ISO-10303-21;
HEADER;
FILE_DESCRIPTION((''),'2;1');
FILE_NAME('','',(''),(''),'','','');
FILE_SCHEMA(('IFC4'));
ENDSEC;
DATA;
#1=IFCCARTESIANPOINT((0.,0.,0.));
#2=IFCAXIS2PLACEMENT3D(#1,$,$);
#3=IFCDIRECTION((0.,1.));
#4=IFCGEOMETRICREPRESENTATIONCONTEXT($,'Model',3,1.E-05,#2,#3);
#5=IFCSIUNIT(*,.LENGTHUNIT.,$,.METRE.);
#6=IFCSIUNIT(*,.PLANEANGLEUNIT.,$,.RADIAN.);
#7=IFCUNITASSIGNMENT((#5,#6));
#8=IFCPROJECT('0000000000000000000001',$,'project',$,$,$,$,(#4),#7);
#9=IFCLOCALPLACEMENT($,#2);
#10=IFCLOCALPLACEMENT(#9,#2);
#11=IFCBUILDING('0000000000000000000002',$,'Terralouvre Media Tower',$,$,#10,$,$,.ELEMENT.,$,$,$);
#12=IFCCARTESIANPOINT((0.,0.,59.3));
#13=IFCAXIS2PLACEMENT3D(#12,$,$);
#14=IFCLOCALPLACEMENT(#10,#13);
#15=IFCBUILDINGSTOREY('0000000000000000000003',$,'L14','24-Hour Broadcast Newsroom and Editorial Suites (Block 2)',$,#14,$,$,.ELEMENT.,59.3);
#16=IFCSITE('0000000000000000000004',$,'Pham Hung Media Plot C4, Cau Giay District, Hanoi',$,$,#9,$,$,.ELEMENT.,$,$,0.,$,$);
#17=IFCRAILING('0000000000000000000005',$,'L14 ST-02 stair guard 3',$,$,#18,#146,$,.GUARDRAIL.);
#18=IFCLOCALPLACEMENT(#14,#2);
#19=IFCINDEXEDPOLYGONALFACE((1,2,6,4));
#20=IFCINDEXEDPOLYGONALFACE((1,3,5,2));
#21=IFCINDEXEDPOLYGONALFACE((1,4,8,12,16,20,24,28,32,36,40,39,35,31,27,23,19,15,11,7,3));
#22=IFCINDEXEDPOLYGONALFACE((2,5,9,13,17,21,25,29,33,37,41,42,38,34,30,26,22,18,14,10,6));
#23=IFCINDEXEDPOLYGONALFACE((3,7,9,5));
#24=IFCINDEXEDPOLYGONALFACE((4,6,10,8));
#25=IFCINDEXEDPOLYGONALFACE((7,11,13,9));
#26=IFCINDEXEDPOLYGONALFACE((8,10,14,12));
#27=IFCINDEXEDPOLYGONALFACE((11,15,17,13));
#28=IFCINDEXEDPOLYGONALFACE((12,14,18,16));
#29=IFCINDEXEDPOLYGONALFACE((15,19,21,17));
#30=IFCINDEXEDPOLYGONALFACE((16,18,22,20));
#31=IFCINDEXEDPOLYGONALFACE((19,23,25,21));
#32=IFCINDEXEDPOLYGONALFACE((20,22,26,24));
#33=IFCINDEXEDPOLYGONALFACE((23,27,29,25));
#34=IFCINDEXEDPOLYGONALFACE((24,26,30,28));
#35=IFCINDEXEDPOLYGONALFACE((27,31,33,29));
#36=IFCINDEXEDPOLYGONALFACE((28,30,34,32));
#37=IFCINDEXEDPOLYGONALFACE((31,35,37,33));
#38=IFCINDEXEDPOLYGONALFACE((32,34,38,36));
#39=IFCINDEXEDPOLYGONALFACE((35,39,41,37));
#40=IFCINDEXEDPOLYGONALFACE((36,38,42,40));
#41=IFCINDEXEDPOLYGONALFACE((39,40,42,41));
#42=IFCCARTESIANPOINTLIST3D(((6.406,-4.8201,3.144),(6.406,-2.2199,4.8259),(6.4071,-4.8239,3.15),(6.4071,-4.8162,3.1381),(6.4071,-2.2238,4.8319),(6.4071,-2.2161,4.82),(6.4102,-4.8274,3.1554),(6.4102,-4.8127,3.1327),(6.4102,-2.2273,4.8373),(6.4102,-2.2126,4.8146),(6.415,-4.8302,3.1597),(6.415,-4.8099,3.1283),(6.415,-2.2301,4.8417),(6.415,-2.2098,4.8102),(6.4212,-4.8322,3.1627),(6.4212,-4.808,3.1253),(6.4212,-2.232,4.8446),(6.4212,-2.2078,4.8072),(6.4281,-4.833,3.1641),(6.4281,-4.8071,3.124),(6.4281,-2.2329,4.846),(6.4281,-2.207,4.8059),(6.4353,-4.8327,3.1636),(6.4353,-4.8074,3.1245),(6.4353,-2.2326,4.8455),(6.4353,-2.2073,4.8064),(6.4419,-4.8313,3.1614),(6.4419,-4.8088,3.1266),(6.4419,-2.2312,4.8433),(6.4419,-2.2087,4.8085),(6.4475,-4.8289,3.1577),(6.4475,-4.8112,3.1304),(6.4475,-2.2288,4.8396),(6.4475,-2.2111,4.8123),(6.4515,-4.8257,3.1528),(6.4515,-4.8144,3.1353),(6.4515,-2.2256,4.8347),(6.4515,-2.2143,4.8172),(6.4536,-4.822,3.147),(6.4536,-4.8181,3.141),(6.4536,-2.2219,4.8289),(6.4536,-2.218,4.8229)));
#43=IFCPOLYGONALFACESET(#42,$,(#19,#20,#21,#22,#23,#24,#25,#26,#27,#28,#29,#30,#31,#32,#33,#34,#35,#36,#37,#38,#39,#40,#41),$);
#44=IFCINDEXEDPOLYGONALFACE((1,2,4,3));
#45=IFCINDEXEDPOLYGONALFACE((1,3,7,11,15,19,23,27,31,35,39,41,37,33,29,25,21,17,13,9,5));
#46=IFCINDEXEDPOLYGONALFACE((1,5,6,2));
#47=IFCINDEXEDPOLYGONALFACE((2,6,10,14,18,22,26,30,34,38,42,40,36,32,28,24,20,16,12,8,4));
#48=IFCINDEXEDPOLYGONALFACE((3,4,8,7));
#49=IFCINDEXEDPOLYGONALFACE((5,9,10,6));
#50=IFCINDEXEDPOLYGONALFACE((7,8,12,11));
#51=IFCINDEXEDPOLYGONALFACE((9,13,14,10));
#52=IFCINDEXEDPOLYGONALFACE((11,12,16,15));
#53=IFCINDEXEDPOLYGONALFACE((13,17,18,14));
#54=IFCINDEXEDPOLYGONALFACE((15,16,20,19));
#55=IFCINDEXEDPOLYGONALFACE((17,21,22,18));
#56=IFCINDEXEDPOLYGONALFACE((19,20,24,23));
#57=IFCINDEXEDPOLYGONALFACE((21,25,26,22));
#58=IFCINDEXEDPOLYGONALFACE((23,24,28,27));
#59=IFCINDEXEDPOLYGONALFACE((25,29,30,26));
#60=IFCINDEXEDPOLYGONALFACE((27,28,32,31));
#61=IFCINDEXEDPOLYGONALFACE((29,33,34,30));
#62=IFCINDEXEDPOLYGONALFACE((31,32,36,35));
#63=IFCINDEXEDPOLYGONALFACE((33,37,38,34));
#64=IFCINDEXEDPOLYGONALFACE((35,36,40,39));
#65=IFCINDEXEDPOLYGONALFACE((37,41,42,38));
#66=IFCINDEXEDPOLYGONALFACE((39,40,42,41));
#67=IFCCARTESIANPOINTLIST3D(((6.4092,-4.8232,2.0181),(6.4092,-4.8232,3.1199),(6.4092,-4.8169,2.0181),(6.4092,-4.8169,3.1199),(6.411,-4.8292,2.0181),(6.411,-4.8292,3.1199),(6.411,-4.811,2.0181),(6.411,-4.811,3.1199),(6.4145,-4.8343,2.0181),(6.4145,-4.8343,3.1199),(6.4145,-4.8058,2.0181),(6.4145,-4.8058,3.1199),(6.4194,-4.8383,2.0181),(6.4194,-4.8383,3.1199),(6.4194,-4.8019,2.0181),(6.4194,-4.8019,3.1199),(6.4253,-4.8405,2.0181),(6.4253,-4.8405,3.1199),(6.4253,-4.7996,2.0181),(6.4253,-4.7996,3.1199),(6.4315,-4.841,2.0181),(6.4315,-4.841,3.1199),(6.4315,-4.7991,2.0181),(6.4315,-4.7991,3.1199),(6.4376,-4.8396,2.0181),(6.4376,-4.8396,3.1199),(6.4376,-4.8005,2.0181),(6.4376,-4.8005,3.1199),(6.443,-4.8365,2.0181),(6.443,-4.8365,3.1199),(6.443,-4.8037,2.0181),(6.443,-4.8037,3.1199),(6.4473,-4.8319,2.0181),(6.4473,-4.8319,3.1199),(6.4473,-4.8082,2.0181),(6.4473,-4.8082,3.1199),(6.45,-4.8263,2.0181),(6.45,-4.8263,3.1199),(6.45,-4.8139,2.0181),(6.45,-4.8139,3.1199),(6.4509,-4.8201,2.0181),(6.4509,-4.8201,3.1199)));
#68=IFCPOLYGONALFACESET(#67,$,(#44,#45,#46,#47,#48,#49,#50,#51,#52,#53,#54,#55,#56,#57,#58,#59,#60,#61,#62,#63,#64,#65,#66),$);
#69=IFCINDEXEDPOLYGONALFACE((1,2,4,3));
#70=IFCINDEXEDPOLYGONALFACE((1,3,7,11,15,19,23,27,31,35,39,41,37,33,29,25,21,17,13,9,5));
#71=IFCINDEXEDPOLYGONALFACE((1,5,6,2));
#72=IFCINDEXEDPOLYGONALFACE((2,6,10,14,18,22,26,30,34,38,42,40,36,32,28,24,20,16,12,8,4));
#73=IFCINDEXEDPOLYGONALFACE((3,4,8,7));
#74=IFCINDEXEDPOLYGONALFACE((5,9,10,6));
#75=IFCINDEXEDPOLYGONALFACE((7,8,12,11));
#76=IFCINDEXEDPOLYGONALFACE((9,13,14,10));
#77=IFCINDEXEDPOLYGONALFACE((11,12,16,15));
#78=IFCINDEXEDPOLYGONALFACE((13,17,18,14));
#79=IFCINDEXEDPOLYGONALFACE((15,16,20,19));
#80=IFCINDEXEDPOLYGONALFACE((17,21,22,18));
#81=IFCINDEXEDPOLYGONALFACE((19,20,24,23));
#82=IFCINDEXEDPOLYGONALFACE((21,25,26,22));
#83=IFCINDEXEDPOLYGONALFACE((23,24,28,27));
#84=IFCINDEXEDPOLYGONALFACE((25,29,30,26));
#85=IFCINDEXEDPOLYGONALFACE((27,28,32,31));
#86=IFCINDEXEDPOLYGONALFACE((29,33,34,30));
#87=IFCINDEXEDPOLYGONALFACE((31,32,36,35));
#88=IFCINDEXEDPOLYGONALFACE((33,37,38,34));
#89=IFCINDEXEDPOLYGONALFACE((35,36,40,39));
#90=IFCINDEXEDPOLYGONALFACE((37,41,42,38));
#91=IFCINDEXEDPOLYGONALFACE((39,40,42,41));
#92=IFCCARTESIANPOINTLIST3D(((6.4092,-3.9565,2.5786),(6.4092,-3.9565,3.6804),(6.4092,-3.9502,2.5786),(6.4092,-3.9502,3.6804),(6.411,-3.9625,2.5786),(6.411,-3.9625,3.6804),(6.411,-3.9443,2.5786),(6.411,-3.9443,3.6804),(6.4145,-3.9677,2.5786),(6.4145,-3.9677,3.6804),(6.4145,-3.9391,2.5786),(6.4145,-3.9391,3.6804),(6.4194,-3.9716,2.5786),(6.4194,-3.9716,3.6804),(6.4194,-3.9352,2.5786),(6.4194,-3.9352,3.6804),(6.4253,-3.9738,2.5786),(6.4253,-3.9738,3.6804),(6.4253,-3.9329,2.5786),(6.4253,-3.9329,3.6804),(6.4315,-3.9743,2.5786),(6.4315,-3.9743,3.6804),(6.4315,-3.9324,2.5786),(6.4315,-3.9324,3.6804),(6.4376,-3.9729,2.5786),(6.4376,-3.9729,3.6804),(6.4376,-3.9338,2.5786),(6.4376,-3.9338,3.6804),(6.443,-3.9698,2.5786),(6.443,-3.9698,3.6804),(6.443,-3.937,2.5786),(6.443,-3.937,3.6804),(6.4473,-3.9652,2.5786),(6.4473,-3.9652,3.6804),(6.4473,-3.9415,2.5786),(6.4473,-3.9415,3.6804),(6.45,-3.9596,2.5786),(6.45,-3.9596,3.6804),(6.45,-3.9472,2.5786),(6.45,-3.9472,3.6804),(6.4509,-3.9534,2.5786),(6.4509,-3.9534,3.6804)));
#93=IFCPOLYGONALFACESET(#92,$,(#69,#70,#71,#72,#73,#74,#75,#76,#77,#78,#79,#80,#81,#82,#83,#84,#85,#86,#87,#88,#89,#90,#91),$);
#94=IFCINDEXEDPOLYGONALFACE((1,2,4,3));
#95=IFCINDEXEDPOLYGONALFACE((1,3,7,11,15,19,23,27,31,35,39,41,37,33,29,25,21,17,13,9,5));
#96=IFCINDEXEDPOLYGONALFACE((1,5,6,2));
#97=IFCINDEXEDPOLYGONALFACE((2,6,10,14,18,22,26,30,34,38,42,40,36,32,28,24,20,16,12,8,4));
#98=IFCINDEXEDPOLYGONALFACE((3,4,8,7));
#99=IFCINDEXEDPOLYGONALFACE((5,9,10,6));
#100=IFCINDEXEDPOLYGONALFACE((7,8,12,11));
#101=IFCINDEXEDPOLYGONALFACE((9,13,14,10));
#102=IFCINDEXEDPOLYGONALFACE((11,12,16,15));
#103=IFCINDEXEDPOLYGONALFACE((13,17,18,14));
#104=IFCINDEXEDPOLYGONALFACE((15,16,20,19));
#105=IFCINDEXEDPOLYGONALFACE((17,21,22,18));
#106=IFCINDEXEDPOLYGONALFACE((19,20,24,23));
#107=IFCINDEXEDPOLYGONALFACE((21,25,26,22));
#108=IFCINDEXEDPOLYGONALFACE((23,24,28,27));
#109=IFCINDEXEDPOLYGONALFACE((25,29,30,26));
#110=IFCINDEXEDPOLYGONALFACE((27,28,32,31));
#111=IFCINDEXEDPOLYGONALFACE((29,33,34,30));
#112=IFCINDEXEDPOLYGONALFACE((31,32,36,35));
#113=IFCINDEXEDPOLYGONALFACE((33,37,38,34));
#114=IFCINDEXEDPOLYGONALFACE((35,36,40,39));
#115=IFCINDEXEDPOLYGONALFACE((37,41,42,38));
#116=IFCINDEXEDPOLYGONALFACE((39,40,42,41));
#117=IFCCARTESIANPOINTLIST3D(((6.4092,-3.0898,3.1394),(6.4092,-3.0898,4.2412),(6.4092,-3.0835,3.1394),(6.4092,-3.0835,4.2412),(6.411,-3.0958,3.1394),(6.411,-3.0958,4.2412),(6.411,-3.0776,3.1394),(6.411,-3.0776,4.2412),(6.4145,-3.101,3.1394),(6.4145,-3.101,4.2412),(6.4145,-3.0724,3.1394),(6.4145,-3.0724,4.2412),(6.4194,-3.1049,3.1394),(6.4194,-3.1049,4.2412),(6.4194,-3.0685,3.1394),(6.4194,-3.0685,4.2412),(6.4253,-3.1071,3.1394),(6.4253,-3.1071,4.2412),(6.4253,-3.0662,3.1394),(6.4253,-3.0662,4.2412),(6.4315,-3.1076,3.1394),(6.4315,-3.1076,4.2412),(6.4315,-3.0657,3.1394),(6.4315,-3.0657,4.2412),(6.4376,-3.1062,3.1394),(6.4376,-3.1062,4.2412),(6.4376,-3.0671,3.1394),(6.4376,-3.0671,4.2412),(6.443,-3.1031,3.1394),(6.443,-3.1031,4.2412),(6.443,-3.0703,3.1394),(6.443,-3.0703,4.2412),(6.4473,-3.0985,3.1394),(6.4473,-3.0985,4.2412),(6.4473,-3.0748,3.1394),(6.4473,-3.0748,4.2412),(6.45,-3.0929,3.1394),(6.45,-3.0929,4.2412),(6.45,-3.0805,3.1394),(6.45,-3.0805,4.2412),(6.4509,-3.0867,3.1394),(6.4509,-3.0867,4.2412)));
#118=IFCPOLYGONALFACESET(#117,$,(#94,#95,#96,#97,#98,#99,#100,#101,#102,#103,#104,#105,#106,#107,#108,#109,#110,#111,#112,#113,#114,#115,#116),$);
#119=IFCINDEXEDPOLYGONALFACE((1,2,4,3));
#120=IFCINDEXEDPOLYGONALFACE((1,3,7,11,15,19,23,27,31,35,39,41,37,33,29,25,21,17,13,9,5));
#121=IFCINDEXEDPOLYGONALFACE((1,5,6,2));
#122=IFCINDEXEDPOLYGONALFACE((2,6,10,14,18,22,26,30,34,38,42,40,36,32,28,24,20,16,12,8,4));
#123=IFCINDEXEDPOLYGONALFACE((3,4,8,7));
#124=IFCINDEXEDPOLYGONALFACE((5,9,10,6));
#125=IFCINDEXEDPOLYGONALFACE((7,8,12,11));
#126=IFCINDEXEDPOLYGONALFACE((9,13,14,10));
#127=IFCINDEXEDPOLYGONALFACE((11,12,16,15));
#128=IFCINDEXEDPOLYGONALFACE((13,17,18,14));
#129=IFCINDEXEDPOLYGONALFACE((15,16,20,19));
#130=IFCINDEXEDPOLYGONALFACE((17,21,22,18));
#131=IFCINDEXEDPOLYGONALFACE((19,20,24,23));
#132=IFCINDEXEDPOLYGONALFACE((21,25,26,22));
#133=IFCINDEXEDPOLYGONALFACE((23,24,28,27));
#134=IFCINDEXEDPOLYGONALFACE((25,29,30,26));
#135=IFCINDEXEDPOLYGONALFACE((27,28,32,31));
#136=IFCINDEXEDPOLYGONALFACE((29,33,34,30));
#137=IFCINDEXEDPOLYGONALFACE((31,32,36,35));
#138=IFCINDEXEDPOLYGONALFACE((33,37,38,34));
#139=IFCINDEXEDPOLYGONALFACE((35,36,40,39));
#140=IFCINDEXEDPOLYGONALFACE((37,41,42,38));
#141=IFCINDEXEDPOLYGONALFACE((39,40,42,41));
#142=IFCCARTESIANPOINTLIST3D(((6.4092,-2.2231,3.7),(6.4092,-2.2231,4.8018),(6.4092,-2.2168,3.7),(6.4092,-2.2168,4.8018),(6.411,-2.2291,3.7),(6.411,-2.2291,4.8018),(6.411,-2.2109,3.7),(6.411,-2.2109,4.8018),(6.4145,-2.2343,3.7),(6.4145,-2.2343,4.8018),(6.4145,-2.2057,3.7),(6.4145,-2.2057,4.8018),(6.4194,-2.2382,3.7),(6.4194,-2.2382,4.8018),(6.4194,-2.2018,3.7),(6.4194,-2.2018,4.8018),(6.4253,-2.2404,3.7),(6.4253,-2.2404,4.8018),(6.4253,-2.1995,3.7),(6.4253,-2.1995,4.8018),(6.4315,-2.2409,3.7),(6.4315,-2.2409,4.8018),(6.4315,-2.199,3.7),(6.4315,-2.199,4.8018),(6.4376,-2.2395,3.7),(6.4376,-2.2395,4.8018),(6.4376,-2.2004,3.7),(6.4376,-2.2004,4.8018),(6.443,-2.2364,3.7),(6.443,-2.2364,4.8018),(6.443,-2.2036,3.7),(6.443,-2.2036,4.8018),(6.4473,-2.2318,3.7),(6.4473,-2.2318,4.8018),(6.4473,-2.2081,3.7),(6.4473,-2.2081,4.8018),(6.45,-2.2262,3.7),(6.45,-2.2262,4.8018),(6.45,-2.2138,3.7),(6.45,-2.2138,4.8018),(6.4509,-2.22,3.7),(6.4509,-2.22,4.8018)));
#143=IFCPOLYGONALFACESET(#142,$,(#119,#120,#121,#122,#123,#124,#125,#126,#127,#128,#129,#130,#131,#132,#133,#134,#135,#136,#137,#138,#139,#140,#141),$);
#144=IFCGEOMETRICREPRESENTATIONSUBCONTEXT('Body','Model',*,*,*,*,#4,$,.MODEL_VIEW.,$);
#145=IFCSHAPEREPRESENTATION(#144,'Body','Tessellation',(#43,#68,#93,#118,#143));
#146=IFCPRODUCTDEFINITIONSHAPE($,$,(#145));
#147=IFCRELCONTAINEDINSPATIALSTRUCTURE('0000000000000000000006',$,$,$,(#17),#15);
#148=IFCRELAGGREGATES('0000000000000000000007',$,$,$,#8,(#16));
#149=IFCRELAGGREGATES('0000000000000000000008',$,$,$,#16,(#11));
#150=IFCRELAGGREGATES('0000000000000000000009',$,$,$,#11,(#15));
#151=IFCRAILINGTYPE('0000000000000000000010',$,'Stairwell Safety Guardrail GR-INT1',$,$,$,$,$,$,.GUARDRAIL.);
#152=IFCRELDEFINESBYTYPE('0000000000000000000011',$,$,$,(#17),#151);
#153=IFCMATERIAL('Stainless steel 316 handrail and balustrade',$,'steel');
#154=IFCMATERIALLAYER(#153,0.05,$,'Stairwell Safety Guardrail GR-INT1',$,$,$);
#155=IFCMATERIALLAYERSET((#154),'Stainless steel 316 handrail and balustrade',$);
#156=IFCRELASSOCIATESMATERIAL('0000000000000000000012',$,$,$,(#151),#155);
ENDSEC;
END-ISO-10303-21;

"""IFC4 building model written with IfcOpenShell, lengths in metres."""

from ifc_helpers import new_model, si_unit, direction, frame, origin, origin_2d, place, context, subcontext, project, spatial, circle, extrude, material, layer, layer_set, type_object, element, save


model = new_model("IFC4")

# Units and contexts
model_context = context("Model", 3, precision=1e-05, world=origin(), true_north=direction((0.0, 1.0)))
body_context = subcontext(model_context, "Body", "Model", "MODEL_VIEW")
ifc_project = project(units=[si_unit("LENGTHUNIT", "METRE"), si_unit("PLANEANGLEUNIT", "RADIAN")], contexts=[model_context])

# Site, building, storey
site_placement = place(None, origin())
site = spatial("IfcSite", under=ifc_project, at=site_placement, Name="Pham Hung Media Plot C4, Cau Giay District, Hanoi", CompositionType="ELEMENT", RefElevation=0.0)
building_placement = place(site_placement, origin())
building = spatial("IfcBuilding", under=site, at=building_placement, Name="Terralouvre Media Tower", CompositionType="ELEMENT")
storey_placement = place(building_placement, frame((0.0, 0.0, 59.3)))
storey = spatial("IfcBuildingStorey", under=building, at=storey_placement, Name="L14", Description="24-Hour Broadcast Newsroom and Editorial Suites (Block 2)", CompositionType="ELEMENT", Elevation=59.3)

# Railing
ifc_material_1 = material(Name="Stainless steel 316 handrail and balustrade", Category="steel")
ifc_layer_1 = layer(ifc_material_1, 0.05, Name="Stairwell Safety Guardrail GR-INT1")
ifc_layer_set_1 = layer_set([ifc_layer_1], Name="Stainless steel 316 handrail and balustrade")
railing_type_1 = type_object("IfcRailingType", Name="Stairwell Safety Guardrail GR-INT1", PredefinedType="GUARDRAIL", material=ifc_layer_set_1)
railing_1_placement = place(storey_placement, frame((6.4299, -4.8201, 2.0181)))
element("IfcRailing", 1, at=railing_1_placement, inside=storey, type_object=railing_type_1, Name="L14 ST-02 stair guard 3", PredefinedType="GUARDRAIL", context=body_context, shape_type="SweptSolid", body=[
    extrude(circle(Radius=0.0239, at=origin_2d()), frame((0.0, 0.0, 1.126), z_axis=(0.0, 0.839648, 0.54313), x_axis=(-1.0, 0.0, 0.0)), (0.0, 0.0, 1.0), 3.0967),
    extrude(circle(Radius=0.021, at=origin_2d()), origin(), (0.0, 0.0, 1.0), 1.1018),
    extrude(circle(Radius=0.021, at=origin_2d()), frame((0.0, 0.8667, 0.5605)), (0.0, 0.0, 1.0), 1.1018),
    extrude(circle(Radius=0.021, at=origin_2d()), frame((0.0, 1.7334, 1.1213)), (0.0, 0.0, 1.0), 1.1018),
    extrude(circle(Radius=0.021, at=origin_2d()), frame((0.0, 2.6001, 1.6819)), (0.0, 0.0, 1.0), 1.1018),
])

save(model, "model.ifc")
